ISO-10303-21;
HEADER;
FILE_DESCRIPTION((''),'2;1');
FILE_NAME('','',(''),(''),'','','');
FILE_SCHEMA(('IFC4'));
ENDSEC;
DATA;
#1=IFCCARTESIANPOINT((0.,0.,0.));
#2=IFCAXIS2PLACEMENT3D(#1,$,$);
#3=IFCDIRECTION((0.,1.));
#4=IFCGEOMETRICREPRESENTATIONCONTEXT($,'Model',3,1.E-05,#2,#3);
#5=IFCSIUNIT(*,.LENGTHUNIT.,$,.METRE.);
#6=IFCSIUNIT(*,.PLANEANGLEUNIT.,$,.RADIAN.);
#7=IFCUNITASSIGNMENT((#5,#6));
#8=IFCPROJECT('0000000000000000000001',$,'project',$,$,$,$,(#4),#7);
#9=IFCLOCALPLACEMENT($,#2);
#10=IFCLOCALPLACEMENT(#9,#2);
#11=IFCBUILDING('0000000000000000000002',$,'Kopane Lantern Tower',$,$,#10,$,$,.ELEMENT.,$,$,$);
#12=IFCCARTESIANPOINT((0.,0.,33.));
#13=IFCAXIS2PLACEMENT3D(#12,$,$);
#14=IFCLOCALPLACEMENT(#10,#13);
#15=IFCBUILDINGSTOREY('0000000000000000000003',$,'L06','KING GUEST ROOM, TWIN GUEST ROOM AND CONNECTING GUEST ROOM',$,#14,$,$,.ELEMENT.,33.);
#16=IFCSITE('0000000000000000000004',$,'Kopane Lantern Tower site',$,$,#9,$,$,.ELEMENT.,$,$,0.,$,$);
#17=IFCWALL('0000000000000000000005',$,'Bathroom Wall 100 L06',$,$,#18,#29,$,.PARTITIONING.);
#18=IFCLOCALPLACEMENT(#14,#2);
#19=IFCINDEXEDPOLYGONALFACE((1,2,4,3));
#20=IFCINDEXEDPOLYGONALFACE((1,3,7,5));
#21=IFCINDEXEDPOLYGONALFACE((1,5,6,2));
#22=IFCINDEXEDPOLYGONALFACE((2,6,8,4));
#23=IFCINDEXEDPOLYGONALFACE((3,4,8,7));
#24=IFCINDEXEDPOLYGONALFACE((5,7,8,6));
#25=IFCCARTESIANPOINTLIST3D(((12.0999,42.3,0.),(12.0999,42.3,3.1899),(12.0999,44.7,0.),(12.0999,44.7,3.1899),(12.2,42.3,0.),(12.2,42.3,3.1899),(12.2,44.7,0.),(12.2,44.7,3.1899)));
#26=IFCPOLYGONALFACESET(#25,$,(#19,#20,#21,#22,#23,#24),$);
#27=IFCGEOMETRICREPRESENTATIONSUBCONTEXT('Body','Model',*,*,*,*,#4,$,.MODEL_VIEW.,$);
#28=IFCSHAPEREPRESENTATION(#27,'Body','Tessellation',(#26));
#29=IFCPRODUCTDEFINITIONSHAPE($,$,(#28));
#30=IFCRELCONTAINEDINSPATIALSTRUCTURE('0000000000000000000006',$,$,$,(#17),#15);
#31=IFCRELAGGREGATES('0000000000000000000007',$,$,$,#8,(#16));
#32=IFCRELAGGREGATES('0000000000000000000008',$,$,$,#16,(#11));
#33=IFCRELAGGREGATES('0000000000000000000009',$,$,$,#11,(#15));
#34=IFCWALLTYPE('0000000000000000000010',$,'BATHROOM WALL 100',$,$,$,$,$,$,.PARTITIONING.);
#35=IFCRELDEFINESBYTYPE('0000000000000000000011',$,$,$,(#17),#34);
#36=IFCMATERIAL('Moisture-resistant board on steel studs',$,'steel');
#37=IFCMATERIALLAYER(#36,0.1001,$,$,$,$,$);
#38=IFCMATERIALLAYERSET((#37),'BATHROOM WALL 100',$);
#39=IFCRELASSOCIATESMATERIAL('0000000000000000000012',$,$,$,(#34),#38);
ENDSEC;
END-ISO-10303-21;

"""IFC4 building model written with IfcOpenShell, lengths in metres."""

from ifc_helpers import new_model, si_unit, direction, frame, frame_2d, origin, place, context, subcontext, project, spatial, rectangle, extrude, material, layer, layer_set, type_object, element, save


model = new_model("IFC4")

# Units and contexts
model_context = context("Model", 3, precision=1e-05, world=origin(), true_north=direction((0.0, 1.0)))
body_context = subcontext(model_context, "Body", "Model", "MODEL_VIEW")
ifc_project = project(units=[si_unit("LENGTHUNIT", "METRE"), si_unit("PLANEANGLEUNIT", "RADIAN")], contexts=[model_context])

# Site, building, storey
site_placement = place(None, origin())
site = spatial("IfcSite", under=ifc_project, at=site_placement, Name="Kopane Lantern Tower site", CompositionType="ELEMENT", RefElevation=0.0)
building_placement = place(site_placement, origin())
building = spatial("IfcBuilding", under=site, at=building_placement, Name="Kopane Lantern Tower", CompositionType="ELEMENT")
storey_placement = place(building_placement, frame((0.0, 0.0, 33.0)))
storey = spatial("IfcBuildingStorey", under=building, at=storey_placement, Name="L06", Description="KING GUEST ROOM, TWIN GUEST ROOM AND CONNECTING GUEST ROOM", CompositionType="ELEMENT", Elevation=33.0)

# Wall
ifc_material_1 = material(Name="Moisture-resistant board on steel studs", Category="steel")
ifc_layer_1 = layer(ifc_material_1, 0.1001)
ifc_layer_set_1 = layer_set([ifc_layer_1], Name="BATHROOM WALL 100")
wall_type_1 = type_object("IfcWallType", Name="BATHROOM WALL 100", PredefinedType="PARTITIONING", material=ifc_layer_set_1)
wall_1_placement = place(storey_placement, frame((12.1499, 42.3, 0.0), z_axis=(0.0, 0.0, 1.0), x_axis=(0.0, 1.0, 0.0)))
element("IfcWall", 1, at=wall_1_placement, inside=storey, type_object=wall_type_1, Name="Bathroom Wall 100 L06", PredefinedType="PARTITIONING", context=body_context, shape_type="SweptSolid", body=[
    extrude(rectangle(XDim=2.3999, YDim=0.1001, at=frame_2d((1.2, 0.0))), origin(), (0.0, 0.0, 1.0), 3.1899),
])

save(model, "model.ifc")
